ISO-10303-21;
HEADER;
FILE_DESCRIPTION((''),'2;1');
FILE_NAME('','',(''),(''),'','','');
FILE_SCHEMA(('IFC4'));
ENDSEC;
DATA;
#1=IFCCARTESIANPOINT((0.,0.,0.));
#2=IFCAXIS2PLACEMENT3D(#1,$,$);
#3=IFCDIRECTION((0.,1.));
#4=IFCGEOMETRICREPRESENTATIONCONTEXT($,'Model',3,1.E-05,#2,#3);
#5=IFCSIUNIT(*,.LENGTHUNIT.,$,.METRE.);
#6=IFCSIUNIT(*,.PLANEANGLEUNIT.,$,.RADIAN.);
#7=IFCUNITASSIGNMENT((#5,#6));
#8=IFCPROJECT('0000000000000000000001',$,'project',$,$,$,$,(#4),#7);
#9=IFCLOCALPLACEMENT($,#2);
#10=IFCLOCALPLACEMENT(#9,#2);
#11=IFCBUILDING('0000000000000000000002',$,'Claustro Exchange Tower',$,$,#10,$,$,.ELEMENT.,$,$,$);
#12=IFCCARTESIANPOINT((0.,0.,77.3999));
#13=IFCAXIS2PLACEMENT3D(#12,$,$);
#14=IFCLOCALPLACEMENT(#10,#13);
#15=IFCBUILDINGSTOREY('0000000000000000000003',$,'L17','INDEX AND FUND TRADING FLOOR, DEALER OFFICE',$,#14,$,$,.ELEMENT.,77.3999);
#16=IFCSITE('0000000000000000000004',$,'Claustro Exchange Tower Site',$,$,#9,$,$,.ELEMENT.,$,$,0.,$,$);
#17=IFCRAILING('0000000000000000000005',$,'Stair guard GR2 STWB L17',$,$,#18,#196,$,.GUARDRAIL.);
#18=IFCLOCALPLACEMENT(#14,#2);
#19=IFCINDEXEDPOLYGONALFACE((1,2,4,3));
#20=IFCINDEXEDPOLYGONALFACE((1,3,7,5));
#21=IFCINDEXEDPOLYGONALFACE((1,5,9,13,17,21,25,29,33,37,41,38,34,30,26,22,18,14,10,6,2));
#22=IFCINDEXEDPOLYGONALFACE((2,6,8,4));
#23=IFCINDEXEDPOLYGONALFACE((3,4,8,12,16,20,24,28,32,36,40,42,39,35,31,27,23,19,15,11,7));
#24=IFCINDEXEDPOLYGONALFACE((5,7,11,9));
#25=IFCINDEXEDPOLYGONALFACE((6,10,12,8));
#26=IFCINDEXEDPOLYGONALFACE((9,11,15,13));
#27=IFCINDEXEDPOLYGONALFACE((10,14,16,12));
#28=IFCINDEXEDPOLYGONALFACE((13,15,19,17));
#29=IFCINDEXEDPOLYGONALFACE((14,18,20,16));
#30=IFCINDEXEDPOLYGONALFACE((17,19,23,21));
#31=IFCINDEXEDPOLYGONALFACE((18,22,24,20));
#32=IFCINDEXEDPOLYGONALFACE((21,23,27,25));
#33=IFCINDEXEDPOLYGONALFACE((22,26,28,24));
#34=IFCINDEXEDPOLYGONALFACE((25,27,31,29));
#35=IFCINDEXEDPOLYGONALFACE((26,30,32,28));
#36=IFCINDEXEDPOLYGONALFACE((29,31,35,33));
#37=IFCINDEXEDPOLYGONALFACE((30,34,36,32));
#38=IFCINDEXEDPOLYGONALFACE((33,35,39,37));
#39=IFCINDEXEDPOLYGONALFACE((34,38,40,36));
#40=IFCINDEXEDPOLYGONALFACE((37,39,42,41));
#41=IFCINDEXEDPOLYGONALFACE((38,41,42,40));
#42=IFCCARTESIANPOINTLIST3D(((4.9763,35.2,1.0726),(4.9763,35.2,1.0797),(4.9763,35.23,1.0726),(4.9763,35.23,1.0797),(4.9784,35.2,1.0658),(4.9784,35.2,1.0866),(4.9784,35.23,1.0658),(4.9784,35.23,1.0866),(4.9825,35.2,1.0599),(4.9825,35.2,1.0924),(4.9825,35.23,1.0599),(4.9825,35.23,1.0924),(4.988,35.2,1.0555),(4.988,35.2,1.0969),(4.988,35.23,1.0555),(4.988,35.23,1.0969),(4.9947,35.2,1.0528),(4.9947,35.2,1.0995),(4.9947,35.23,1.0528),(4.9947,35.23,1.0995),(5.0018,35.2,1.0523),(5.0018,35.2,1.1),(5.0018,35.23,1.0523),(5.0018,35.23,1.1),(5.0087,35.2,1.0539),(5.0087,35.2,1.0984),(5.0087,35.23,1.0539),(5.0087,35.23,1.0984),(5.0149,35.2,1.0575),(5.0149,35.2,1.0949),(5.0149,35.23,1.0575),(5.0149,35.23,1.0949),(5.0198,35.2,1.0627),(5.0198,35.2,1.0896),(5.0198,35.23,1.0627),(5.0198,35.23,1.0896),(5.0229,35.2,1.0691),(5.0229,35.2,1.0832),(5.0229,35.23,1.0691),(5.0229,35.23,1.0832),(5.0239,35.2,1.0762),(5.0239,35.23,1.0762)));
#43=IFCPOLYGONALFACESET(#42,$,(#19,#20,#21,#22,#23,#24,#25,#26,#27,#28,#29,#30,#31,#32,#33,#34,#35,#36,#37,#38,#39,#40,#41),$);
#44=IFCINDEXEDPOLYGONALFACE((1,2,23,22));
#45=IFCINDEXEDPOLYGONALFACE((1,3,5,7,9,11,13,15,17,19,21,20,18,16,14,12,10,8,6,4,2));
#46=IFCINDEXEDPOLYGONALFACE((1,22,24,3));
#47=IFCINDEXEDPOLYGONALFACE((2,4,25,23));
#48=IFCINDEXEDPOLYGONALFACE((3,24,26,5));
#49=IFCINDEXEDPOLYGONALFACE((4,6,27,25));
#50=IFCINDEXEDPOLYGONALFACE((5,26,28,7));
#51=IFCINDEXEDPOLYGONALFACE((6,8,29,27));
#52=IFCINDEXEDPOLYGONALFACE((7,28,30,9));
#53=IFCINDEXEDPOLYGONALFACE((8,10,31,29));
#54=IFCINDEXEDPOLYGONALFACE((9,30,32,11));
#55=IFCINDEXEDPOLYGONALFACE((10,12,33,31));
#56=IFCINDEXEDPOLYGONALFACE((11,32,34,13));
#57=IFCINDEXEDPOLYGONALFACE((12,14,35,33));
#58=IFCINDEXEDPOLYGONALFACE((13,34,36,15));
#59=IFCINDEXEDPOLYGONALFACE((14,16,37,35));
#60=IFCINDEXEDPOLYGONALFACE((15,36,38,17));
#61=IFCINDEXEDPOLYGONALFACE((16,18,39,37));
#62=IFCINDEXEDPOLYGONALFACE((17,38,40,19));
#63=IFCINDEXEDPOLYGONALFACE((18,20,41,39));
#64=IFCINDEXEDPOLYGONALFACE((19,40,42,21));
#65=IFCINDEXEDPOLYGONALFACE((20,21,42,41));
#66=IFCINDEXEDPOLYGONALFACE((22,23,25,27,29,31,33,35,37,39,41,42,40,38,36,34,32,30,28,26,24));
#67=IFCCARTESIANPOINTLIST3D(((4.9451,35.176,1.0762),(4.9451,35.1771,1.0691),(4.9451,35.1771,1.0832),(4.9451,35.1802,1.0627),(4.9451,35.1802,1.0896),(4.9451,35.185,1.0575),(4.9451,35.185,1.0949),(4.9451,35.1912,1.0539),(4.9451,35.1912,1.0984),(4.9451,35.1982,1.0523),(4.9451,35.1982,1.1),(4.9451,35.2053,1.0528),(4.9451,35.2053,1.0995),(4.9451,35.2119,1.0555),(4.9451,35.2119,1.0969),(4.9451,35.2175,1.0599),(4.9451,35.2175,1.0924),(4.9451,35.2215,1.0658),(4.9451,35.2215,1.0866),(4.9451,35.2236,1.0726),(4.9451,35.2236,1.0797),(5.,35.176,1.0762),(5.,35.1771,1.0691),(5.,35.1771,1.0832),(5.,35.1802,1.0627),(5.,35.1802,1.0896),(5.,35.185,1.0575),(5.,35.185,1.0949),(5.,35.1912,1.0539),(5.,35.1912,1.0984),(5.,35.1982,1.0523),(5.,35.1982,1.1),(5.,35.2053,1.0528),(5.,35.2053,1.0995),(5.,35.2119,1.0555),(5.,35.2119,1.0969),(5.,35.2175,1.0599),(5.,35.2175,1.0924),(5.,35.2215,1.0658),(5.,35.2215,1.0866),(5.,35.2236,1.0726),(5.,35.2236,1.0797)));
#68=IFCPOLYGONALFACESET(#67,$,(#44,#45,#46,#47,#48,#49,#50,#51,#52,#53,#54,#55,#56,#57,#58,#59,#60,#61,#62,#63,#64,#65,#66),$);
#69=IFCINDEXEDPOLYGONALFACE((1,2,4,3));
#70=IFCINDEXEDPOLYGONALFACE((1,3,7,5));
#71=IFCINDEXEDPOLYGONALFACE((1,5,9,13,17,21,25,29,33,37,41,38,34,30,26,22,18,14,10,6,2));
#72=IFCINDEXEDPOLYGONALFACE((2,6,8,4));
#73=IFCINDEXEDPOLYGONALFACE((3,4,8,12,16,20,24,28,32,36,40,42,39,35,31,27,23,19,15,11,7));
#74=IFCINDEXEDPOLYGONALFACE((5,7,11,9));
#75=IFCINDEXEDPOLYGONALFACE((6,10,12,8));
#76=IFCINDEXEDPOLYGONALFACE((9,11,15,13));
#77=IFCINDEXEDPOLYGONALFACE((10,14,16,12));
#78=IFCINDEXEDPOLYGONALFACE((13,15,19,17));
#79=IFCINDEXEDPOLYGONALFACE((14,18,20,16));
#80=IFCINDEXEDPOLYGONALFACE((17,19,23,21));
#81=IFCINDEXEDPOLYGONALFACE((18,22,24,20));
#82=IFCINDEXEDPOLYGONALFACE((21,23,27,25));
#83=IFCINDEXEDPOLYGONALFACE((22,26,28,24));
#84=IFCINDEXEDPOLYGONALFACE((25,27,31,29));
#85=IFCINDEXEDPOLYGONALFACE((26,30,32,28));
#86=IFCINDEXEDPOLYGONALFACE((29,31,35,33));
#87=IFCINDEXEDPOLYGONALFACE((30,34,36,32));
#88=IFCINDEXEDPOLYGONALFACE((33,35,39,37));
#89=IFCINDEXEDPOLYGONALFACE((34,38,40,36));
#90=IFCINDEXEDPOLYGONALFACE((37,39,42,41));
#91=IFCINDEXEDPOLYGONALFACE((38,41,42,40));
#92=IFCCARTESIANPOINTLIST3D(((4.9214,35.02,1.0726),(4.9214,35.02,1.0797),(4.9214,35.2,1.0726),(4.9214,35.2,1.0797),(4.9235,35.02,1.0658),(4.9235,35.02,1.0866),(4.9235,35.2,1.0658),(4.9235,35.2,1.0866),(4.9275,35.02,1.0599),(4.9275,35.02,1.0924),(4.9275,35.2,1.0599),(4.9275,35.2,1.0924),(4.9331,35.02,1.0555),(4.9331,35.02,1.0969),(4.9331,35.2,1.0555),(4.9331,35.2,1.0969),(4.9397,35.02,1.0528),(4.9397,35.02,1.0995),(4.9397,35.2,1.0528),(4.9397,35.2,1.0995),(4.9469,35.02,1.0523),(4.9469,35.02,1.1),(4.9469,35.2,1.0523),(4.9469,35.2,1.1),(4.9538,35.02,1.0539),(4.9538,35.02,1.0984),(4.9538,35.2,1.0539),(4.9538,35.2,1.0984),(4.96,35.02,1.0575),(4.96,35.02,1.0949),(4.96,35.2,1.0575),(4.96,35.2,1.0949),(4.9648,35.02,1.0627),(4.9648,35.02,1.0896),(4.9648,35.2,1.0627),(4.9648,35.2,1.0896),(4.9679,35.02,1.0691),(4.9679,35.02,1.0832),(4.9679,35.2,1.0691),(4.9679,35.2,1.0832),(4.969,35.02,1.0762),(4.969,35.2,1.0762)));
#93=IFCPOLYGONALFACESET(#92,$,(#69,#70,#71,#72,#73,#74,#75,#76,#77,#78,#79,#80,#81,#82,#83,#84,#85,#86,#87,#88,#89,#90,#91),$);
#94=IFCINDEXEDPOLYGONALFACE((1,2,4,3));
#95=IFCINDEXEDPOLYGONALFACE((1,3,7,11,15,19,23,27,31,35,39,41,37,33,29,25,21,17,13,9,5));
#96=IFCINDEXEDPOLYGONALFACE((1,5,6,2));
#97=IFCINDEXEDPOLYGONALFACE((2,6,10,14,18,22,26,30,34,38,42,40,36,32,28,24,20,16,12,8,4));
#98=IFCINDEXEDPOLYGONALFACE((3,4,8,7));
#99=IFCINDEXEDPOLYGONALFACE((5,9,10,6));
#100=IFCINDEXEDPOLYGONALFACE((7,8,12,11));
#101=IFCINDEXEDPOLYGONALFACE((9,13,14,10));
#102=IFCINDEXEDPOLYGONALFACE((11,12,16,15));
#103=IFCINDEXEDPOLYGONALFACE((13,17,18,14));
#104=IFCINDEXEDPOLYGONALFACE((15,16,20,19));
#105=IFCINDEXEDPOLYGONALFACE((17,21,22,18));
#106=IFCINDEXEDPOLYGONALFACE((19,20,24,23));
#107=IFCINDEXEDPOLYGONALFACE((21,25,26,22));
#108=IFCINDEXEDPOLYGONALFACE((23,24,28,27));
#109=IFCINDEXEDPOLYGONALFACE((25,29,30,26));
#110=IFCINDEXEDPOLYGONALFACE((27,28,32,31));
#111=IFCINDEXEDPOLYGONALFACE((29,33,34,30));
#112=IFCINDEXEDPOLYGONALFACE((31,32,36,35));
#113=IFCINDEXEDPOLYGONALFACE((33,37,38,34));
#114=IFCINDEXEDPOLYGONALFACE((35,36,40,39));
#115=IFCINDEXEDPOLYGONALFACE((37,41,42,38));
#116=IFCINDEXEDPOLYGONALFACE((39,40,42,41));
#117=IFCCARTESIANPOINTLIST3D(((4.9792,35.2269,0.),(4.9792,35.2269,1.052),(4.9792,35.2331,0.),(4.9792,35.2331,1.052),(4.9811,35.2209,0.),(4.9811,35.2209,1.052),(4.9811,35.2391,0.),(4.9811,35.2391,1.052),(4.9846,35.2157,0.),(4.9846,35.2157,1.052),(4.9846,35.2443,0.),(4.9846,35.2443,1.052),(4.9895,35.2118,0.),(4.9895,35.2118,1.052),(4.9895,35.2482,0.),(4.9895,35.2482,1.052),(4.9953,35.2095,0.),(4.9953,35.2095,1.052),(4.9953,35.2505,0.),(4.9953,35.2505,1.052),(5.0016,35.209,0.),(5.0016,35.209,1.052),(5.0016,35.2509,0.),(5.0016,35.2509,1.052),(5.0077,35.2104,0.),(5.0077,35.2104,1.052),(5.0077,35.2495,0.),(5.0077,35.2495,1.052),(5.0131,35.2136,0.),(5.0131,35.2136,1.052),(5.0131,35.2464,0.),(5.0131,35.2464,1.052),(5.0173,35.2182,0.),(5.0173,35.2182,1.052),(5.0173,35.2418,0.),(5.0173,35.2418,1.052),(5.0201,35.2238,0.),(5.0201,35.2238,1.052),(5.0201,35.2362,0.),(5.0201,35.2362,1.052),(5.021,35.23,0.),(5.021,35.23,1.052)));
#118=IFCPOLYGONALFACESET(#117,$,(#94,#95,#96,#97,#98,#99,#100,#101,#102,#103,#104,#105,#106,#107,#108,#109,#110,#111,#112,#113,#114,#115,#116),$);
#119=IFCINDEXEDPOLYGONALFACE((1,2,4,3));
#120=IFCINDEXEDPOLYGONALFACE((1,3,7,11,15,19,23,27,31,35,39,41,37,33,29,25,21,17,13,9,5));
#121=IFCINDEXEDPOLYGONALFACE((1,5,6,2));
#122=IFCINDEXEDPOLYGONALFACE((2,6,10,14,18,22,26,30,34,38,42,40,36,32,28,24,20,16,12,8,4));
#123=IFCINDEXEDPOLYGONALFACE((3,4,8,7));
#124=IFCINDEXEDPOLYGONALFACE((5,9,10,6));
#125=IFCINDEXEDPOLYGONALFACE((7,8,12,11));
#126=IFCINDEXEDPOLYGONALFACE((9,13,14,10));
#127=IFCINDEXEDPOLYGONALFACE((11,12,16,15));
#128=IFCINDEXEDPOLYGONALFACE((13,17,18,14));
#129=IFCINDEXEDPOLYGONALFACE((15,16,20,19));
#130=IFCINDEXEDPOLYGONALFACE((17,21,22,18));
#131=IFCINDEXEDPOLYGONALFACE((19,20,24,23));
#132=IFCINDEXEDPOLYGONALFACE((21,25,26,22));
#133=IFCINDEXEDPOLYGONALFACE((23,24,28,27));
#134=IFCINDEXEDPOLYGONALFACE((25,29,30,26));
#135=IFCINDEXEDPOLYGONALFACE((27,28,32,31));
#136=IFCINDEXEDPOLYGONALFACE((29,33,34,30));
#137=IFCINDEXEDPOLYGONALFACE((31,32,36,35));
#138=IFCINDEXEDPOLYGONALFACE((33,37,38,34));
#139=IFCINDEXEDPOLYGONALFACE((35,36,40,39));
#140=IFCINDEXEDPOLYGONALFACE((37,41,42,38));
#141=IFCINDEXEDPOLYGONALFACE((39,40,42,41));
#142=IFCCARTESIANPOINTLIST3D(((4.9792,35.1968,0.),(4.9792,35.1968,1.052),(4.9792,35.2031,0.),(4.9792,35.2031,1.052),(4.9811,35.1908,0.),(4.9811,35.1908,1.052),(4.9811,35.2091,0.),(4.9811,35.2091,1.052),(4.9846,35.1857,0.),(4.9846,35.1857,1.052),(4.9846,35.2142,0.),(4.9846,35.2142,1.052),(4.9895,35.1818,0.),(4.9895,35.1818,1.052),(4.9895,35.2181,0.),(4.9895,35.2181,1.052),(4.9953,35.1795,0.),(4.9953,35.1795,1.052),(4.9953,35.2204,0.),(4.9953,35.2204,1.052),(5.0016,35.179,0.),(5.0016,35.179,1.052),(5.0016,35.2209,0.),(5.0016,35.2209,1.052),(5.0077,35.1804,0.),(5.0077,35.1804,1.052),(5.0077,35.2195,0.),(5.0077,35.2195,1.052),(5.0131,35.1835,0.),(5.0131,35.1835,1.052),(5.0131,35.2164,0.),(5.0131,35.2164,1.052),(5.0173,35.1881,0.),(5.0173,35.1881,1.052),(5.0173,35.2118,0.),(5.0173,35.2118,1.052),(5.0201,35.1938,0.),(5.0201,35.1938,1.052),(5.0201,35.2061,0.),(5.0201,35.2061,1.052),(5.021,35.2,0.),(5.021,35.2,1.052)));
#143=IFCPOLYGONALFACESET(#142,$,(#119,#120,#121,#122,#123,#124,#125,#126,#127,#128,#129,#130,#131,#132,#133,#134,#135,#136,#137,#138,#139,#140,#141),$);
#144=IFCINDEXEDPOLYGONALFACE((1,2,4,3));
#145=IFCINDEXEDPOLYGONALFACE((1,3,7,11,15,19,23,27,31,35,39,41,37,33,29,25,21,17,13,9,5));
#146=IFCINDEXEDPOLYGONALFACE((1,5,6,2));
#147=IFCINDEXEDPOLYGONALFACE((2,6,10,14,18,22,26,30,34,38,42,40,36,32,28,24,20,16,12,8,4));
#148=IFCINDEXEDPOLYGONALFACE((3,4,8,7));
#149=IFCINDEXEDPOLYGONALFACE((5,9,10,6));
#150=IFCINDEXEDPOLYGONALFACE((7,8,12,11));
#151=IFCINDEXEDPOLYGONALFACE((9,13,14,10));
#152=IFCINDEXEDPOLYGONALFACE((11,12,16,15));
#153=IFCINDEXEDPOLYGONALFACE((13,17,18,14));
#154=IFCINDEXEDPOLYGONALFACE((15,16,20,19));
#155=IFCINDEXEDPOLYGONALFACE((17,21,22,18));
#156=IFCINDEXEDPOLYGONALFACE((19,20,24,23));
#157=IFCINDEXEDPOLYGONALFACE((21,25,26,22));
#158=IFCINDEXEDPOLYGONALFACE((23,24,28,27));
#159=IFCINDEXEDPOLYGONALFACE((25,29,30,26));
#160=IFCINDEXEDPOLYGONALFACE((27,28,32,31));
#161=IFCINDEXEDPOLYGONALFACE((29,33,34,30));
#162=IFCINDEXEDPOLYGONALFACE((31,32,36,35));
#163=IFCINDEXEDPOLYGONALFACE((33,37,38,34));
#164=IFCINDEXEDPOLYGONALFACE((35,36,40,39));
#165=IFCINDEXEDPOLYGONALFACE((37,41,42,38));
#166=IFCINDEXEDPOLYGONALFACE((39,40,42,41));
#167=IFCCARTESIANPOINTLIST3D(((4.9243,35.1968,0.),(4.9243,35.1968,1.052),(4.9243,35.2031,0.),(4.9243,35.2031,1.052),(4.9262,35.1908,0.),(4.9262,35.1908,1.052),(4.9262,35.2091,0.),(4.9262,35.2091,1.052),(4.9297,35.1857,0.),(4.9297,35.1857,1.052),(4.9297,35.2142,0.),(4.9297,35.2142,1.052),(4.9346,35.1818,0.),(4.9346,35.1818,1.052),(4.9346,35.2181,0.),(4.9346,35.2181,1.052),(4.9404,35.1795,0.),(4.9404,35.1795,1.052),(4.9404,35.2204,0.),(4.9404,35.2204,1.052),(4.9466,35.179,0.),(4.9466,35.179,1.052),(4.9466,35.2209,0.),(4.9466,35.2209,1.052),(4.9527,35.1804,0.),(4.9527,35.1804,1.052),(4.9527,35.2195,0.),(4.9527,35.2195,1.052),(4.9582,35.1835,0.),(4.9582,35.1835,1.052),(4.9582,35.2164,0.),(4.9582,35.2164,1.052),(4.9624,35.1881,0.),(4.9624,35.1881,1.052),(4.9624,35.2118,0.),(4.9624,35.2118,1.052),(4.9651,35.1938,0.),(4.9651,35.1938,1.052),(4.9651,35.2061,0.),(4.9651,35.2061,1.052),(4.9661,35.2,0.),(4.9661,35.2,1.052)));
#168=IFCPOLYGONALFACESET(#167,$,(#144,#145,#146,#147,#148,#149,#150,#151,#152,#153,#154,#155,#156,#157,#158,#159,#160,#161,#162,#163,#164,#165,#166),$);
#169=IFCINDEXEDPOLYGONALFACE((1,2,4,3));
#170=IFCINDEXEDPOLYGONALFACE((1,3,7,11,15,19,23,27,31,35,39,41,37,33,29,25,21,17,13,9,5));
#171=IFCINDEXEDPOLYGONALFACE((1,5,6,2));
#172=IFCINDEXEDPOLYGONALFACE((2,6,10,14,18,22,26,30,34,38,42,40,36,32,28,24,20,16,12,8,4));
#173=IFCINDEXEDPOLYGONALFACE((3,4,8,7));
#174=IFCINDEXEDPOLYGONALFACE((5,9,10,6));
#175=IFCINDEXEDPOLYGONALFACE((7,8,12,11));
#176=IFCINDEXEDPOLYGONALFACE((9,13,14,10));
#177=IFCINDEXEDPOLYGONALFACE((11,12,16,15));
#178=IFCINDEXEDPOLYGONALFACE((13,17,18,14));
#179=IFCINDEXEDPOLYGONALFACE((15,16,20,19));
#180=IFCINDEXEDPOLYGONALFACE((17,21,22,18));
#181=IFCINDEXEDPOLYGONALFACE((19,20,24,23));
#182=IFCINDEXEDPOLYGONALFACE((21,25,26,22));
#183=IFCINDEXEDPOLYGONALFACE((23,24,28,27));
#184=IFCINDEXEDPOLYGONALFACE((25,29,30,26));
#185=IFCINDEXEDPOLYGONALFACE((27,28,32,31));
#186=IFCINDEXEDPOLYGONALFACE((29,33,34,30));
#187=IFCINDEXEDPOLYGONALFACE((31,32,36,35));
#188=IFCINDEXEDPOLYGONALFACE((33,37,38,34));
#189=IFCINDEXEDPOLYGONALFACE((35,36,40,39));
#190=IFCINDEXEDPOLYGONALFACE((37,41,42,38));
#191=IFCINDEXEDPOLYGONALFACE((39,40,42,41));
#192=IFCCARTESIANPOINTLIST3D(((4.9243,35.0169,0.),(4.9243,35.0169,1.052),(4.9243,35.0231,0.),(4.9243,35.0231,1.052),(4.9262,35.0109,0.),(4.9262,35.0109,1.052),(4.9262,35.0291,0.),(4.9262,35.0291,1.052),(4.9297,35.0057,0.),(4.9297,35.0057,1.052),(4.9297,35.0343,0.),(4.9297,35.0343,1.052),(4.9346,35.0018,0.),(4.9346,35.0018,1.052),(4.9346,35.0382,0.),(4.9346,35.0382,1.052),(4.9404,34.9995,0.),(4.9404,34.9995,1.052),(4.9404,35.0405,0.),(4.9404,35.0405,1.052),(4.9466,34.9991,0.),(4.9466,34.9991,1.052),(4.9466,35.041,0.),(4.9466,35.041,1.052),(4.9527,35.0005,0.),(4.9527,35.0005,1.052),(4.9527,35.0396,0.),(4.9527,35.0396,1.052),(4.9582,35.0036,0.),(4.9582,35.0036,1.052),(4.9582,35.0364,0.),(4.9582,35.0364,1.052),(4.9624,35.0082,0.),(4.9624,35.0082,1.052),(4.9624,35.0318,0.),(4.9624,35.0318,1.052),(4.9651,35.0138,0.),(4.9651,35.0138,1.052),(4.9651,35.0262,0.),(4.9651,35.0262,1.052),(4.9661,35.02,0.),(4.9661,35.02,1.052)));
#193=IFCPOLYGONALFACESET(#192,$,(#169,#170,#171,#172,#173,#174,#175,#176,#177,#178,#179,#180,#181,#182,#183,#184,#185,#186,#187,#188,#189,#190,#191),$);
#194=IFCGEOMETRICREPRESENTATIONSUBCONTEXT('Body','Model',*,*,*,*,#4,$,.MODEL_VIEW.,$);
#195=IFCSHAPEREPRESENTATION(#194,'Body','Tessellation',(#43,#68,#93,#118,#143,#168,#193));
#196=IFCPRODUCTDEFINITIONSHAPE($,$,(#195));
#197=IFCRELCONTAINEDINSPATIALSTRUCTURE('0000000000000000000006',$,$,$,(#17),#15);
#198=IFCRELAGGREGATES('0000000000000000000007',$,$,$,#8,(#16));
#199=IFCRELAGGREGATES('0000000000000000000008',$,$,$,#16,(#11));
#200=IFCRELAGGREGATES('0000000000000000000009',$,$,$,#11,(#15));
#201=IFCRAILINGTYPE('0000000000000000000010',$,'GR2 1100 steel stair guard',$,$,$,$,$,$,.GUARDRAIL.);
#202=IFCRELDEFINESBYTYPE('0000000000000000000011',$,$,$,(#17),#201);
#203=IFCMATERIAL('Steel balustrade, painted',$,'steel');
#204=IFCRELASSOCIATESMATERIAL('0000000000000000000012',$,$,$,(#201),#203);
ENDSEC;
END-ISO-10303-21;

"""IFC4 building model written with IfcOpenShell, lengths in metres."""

from ifc_helpers import new_model, si_unit, direction, frame, origin, origin_2d, place, context, subcontext, project, spatial, circle, extrude, material, type_object, element, save


model = new_model("IFC4")

# Units and contexts
model_context = context("Model", 3, precision=1e-05, world=origin(), true_north=direction((0.0, 1.0)))
body_context = subcontext(model_context, "Body", "Model", "MODEL_VIEW")
ifc_project = project(units=[si_unit("LENGTHUNIT", "METRE"), si_unit("PLANEANGLEUNIT", "RADIAN")], contexts=[model_context])

# Site, building, storey
site_placement = place(None, origin())
site = spatial("IfcSite", under=ifc_project, at=site_placement, Name="Claustro Exchange Tower Site", CompositionType="ELEMENT", RefElevation=0.0)
building_placement = place(site_placement, origin())
building = spatial("IfcBuilding", under=site, at=building_placement, Name="Claustro Exchange Tower", CompositionType="ELEMENT")
storey_placement = place(building_placement, frame((0.0, 0.0, 77.3999)))
storey = spatial("IfcBuildingStorey", under=building, at=storey_placement, Name="L17", Description="INDEX AND FUND TRADING FLOOR, DEALER OFFICE", CompositionType="ELEMENT", Elevation=77.3999)

# Railing
ifc_material_1 = material(Name="Steel balustrade, painted", Category="steel")
railing_type_1 = type_object("IfcRailingType", Name="GR2 1100 steel stair guard", PredefinedType="GUARDRAIL", material=ifc_material_1)
railing_1_placement = place(storey_placement, frame((5.0, 35.23, 0.0)))
element("IfcRailing", 1, at=railing_1_placement, inside=storey, type_object=railing_type_1, Name="Stair guard GR2 STWB L17", PredefinedType="GUARDRAIL", context=body_context, shape_type="SweptSolid", body=[
    extrude(circle(Radius=0.0239, at=origin_2d()), frame((0.0, 0.0, 1.0762), z_axis=(0.0, -1.0, 0.0), x_axis=(1.0, 0.0, 0.0)), (0.0, 0.0, 1.0), 0.03),
    extrude(circle(Radius=0.0239, at=origin_2d()), frame((0.0, -0.03, 1.0762), z_axis=(-1.0, 0.0, 0.0), x_axis=(0.0, -1.0, 0.0)), (0.0, 0.0, 1.0), 0.0549),
    extrude(circle(Radius=0.0239, at=origin_2d()), frame((-0.0549, -0.03, 1.0762), z_axis=(0.0, -1.0, 0.0), x_axis=(1.0, 0.0, 0.0)), (0.0, 0.0, 1.0), 0.1799),
    extrude(circle(Radius=0.021, at=origin_2d()), origin(), (0.0, 0.0, 1.0), 1.052),
    extrude(circle(Radius=0.021, at=origin_2d()), frame((0.0, -0.03, 0.0)), (0.0, 0.0, 1.0), 1.052),
    extrude(circle(Radius=0.021, at=origin_2d()), frame((-0.0549, -0.03, 0.0)), (0.0, 0.0, 1.0), 1.052),
    extrude(circle(Radius=0.021, at=origin_2d()), frame((-0.0549, -0.21, 0.0)), (0.0, 0.0, 1.0), 1.052),
])

save(model, "model.ifc")
